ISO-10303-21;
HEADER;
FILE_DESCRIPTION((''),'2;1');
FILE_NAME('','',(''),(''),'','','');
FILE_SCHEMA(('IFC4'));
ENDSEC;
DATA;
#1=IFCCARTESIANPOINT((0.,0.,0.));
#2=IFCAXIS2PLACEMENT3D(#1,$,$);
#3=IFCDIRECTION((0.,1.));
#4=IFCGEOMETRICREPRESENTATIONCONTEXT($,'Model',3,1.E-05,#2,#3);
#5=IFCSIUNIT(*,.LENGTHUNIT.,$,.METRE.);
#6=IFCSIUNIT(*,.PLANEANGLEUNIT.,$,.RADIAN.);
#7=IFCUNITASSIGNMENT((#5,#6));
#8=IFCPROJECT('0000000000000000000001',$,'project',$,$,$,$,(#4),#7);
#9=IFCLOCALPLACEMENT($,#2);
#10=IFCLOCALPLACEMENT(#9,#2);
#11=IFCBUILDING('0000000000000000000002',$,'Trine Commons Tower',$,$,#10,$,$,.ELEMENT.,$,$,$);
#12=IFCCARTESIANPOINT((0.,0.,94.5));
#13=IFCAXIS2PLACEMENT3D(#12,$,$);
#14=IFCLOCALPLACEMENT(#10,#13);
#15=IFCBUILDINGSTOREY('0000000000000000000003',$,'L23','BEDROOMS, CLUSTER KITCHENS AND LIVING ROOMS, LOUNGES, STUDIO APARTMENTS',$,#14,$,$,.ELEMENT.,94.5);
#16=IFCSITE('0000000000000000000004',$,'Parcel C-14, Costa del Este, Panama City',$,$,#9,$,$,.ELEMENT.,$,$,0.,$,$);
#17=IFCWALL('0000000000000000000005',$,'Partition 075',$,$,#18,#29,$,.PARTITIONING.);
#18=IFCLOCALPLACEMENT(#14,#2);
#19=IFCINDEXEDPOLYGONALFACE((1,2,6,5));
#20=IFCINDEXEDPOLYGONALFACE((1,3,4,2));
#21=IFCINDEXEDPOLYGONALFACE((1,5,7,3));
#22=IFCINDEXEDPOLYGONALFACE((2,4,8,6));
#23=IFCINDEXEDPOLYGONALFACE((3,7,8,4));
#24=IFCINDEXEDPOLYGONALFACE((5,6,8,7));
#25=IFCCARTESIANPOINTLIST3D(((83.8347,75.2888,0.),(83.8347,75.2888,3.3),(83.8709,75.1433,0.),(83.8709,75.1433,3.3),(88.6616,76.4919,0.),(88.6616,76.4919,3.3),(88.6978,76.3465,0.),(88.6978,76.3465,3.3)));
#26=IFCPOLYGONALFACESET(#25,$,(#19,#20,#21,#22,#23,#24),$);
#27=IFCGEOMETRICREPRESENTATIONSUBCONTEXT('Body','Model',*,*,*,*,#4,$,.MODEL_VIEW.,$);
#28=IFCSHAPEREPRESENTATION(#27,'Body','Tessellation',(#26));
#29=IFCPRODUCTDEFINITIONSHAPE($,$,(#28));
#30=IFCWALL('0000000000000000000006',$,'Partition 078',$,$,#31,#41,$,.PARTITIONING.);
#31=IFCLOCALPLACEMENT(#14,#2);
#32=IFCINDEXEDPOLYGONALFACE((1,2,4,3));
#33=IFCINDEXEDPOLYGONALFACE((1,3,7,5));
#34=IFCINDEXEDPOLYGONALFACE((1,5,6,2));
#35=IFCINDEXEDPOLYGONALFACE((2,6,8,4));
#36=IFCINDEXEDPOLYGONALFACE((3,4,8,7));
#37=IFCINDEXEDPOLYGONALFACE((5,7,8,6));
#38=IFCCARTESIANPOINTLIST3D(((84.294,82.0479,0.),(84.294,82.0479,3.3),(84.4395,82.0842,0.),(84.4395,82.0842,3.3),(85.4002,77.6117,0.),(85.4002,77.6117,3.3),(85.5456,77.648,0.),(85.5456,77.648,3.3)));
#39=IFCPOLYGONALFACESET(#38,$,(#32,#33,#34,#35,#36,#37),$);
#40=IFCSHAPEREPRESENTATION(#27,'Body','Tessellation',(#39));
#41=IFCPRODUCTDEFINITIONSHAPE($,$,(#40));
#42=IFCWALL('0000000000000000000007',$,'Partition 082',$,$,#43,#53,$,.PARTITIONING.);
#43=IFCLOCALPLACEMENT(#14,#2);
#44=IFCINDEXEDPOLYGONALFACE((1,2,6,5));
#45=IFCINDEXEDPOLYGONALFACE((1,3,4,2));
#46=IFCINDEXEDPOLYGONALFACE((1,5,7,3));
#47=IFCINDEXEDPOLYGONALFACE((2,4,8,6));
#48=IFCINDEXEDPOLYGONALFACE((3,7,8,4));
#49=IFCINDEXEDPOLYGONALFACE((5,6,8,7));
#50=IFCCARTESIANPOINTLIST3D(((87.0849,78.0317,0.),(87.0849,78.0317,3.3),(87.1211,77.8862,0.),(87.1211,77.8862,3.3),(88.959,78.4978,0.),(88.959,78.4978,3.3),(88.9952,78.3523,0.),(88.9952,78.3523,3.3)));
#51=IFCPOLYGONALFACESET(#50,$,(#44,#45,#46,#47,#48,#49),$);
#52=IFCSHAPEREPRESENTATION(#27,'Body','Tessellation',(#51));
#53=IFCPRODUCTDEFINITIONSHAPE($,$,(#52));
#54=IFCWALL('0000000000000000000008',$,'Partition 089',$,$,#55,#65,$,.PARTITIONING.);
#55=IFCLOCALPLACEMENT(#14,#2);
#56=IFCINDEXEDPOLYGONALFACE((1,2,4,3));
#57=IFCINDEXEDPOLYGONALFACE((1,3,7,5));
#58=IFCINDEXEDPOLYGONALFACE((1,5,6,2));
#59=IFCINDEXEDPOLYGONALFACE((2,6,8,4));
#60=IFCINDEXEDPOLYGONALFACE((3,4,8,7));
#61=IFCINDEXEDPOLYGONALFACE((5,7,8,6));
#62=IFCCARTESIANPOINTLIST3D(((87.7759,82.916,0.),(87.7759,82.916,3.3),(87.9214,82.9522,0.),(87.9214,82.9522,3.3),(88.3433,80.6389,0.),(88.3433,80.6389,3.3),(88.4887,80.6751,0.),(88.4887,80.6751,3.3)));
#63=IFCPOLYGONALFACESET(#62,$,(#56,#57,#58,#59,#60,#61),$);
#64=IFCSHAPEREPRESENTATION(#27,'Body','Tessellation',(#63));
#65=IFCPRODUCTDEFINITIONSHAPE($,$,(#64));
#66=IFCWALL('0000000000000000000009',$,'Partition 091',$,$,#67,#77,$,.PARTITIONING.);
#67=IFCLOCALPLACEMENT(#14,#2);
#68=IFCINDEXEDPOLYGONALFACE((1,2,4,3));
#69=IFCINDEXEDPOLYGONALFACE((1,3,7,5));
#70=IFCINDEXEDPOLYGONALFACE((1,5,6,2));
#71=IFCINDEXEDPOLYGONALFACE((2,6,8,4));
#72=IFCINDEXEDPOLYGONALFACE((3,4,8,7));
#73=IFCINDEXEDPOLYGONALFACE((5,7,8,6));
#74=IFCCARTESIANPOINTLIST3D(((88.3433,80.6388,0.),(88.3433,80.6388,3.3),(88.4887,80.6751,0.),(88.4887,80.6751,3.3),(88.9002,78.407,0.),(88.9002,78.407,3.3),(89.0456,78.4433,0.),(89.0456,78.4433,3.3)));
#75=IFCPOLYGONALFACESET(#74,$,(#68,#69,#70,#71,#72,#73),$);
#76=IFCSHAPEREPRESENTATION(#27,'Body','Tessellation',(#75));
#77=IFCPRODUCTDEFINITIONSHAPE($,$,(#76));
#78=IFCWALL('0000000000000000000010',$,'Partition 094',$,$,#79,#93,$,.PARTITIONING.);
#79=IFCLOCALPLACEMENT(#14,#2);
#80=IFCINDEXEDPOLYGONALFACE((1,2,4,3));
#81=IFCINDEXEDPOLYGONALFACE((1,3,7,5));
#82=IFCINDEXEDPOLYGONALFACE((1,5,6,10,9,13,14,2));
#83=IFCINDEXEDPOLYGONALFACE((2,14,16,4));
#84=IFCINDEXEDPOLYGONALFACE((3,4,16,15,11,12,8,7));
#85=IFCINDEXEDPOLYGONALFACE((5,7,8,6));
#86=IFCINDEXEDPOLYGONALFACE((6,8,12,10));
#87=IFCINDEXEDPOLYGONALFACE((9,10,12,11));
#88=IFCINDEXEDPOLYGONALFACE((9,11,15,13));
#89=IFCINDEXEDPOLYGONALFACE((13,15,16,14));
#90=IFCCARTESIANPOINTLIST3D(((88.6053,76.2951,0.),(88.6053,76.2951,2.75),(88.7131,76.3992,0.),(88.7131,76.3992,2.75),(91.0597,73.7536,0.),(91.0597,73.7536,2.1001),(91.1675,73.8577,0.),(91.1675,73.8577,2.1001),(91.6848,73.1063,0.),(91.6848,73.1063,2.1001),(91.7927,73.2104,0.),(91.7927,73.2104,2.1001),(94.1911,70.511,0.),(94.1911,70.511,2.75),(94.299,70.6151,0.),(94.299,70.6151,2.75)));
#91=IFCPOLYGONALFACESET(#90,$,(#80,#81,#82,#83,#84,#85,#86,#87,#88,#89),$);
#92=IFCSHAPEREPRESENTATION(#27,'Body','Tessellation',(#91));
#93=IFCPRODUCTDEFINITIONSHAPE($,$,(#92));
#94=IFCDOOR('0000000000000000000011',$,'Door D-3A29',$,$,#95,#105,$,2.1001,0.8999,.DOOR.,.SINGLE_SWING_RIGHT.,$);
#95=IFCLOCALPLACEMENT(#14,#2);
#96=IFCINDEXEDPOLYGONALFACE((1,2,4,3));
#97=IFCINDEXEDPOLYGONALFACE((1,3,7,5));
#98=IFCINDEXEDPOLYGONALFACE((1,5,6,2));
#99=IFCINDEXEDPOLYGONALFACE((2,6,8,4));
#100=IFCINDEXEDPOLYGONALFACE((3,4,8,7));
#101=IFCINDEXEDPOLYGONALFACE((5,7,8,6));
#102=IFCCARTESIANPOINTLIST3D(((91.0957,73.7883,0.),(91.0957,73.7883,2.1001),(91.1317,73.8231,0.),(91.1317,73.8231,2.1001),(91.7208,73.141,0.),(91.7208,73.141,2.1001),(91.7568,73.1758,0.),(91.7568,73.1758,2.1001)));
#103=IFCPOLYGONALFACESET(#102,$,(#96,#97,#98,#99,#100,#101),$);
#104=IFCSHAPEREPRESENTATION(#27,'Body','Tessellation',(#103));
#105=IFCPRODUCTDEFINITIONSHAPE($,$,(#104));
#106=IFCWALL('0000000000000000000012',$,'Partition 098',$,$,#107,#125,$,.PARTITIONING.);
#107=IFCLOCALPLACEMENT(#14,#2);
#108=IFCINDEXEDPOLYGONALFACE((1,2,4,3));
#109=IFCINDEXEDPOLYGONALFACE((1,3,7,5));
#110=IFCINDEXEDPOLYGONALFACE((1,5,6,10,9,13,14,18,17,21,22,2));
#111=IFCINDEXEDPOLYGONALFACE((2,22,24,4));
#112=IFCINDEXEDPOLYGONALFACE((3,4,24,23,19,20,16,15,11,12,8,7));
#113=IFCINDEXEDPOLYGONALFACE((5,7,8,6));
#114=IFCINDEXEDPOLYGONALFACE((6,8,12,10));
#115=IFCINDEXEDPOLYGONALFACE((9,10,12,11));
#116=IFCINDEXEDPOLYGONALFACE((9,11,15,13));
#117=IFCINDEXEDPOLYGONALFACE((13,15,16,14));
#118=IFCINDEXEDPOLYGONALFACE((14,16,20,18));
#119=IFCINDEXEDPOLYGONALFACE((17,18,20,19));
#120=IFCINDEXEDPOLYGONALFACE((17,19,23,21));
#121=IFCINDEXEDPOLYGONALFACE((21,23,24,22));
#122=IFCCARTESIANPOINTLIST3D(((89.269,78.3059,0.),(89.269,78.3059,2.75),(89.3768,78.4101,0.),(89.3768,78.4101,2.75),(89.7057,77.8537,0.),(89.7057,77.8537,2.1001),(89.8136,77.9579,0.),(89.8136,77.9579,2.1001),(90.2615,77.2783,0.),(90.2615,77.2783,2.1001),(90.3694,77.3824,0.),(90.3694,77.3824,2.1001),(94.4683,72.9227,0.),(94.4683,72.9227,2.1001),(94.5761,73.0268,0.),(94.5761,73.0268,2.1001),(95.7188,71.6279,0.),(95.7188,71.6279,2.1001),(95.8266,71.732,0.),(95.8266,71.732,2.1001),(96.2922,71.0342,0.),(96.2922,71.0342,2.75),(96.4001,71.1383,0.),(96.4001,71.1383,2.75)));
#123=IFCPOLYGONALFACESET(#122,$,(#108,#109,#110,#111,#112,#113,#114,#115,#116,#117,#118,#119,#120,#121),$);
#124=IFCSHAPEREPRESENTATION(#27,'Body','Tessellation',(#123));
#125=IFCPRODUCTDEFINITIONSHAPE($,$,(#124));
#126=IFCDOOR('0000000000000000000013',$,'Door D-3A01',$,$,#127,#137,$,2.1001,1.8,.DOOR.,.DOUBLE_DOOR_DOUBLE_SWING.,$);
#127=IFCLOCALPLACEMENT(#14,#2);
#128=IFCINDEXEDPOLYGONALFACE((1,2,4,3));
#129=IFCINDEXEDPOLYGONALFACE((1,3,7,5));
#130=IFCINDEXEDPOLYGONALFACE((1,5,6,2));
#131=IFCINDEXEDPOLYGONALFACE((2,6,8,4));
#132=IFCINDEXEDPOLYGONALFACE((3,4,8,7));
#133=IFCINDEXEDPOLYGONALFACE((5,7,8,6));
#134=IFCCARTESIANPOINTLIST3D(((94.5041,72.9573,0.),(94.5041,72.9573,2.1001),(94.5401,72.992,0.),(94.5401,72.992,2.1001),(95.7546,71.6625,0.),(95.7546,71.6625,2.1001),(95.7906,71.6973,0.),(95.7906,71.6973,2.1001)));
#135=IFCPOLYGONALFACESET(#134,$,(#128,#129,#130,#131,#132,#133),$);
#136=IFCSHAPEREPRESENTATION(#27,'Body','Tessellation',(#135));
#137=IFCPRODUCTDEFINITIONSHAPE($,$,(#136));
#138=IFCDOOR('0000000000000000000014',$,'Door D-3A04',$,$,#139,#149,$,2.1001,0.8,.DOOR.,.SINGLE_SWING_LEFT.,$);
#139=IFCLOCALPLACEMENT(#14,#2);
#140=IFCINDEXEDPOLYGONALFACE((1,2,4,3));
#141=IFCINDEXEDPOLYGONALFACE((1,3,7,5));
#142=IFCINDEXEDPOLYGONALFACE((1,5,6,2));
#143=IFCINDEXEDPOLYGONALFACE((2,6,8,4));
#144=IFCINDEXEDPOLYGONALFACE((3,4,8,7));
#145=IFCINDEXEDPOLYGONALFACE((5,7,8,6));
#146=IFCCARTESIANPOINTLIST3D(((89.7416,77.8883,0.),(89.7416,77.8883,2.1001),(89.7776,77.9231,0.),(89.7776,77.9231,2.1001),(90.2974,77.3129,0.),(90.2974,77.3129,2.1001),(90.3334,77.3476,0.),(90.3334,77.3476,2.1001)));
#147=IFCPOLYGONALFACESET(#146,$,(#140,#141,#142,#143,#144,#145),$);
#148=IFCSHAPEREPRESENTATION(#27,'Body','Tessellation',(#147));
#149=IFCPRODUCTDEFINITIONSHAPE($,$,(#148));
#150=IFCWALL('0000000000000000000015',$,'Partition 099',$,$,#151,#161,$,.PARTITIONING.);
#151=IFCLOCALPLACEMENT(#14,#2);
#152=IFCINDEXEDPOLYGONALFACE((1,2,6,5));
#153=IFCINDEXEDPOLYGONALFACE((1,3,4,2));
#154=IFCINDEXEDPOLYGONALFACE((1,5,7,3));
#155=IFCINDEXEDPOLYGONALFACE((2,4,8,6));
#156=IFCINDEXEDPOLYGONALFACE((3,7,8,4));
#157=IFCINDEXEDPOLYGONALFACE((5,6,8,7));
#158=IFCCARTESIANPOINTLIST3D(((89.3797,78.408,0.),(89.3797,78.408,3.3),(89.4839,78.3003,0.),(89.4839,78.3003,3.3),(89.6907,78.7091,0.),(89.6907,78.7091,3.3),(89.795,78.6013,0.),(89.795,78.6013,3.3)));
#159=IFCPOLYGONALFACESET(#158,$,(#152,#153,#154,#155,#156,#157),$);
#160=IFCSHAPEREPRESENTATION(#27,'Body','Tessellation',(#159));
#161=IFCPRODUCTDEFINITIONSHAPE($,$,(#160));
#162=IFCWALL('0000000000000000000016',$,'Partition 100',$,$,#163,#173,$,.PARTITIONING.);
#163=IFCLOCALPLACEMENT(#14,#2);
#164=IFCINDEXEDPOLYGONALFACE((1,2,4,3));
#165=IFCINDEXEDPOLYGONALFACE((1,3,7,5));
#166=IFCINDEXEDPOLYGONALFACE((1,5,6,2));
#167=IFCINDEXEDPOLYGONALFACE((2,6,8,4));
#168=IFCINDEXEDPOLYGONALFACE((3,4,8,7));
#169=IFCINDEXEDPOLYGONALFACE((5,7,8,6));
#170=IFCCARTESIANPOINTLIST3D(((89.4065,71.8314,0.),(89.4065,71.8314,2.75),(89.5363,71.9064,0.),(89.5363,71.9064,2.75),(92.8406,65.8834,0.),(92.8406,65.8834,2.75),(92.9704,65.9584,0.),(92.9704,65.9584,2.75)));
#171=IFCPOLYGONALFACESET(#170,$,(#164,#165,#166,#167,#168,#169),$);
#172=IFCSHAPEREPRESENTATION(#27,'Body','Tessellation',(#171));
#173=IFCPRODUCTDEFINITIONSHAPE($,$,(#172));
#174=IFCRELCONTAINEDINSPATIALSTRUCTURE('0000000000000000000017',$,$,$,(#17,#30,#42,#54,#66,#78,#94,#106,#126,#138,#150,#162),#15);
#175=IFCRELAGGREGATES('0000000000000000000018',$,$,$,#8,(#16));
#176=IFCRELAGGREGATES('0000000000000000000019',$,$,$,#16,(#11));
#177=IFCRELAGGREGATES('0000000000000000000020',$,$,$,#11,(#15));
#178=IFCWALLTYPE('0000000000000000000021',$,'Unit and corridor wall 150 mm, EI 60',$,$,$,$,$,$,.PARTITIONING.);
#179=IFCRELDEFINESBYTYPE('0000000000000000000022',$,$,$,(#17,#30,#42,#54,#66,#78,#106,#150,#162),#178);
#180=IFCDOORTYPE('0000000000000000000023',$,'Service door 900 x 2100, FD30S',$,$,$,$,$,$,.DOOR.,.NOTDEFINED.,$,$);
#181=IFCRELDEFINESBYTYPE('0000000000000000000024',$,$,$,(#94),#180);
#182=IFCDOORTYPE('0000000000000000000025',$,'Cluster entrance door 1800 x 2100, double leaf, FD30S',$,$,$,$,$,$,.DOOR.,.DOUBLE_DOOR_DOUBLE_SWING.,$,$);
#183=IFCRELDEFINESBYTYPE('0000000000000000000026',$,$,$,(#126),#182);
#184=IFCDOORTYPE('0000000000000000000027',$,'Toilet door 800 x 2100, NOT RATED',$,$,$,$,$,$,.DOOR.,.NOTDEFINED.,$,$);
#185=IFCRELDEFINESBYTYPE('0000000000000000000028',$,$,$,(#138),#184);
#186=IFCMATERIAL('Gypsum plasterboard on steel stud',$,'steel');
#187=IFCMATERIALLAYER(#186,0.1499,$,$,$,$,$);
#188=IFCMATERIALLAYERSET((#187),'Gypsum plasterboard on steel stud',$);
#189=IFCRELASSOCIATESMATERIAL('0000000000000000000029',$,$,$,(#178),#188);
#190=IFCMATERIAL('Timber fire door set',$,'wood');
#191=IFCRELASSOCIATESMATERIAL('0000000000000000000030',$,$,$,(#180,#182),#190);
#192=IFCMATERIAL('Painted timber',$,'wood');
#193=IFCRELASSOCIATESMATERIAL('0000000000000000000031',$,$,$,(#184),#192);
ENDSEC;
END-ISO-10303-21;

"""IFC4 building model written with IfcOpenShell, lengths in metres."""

from ifc_helpers import new_model, si_unit, direction, frame, frame_2d, origin, place, context, subcontext, project, spatial, rectangle, extrude, material, layer, layer_set, type_object, element, fill, save


model = new_model("IFC4")

# Units and contexts
model_context = context("Model", 3, precision=1e-05, world=origin(), true_north=direction((0.0, 1.0)))
body_context = subcontext(model_context, "Body", "Model", "MODEL_VIEW")
ifc_project = project(units=[si_unit("LENGTHUNIT", "METRE"), si_unit("PLANEANGLEUNIT", "RADIAN")], contexts=[model_context])

# Site, building, storey
site_placement = place(None, origin())
site = spatial("IfcSite", under=ifc_project, at=site_placement, Name="Parcel C-14, Costa del Este, Panama City", CompositionType="ELEMENT", RefElevation=0.0)
building_placement = place(site_placement, origin())
building = spatial("IfcBuilding", under=site, at=building_placement, Name="Trine Commons Tower", CompositionType="ELEMENT")
storey_placement = place(building_placement, frame((0.0, 0.0, 94.5)))
storey = spatial("IfcBuildingStorey", under=building, at=storey_placement, Name="L23", Description="BEDROOMS, CLUSTER KITCHENS AND LIVING ROOMS, LOUNGES, STUDIO APARTMENTS", CompositionType="ELEMENT", Elevation=94.5)

# Walls
ifc_material_1 = material(Name="Gypsum plasterboard on steel stud", Category="steel")
ifc_layer_1 = layer(ifc_material_1, 0.1499)
ifc_layer_set_1 = layer_set([ifc_layer_1], Name="Gypsum plasterboard on steel stud")
wall_type_1 = type_object("IfcWallType", Name="Unit and corridor wall 150 mm, EI 60", PredefinedType="PARTITIONING", material=ifc_layer_set_1)
wall_1_placement = place(storey_placement, frame((83.8528, 75.2161, 0.0), z_axis=(0.0, 0.0, 1.0), x_axis=(0.970313, 0.241854, 0.0)))
element("IfcWall", 1, at=wall_1_placement, inside=storey, type_object=wall_type_1, Name="Partition 075", PredefinedType="PARTITIONING", context=body_context, shape_type="SweptSolid", body=[
    extrude(rectangle(XDim=4.9746, YDim=0.1499, at=frame_2d((2.4873, 0.0))), origin(), (0.0, 0.0, 1.0), 3.3),
])
wall_2_placement = place(storey_placement, frame((84.3667, 82.0662, 0.0), z_axis=(0.0, 0.0, 1.0), x_axis=(0.241945, -0.97029, 0.0)))
element("IfcWall", 2, at=wall_2_placement, inside=storey, type_object=wall_type_1, Name="Partition 078", PredefinedType="PARTITIONING", context=body_context, shape_type="SweptSolid", body=[
    extrude(rectangle(XDim=4.572, YDim=0.1499, at=frame_2d((2.2861, 0.0))), origin(), (0.0, 0.0, 1.0), 3.3),
])
wall_3_placement = place(storey_placement, frame((87.103, 77.959, 0.0), z_axis=(0.0, 0.0, 1.0), x_axis=(0.970439, 0.241346, 0.0)))
element("IfcWall", 3, at=wall_3_placement, inside=storey, type_object=wall_type_1, Name="Partition 082", PredefinedType="PARTITIONING", context=body_context, shape_type="SweptSolid", body=[
    extrude(rectangle(XDim=1.9312, YDim=0.1499, at=frame_2d((0.9656, 0.0))), origin(), (0.0, 0.0, 1.0), 3.3),
])
wall_4_placement = place(storey_placement, frame((87.8486, 82.9341, 0.0), z_axis=(0.0, 0.0, 1.0), x_axis=(0.241777, -0.970332, 0.0)))
element("IfcWall", 4, at=wall_4_placement, inside=storey, type_object=wall_type_1, Name="Partition 089", PredefinedType="PARTITIONING", context=body_context, shape_type="SweptSolid", body=[
    extrude(rectangle(XDim=2.3467, YDim=0.1499, at=frame_2d((1.1733, 0.0))), origin(), (0.0, 0.0, 1.0), 3.3),
])
wall_5_placement = place(storey_placement, frame((88.416, 80.657, 0.0), z_axis=(0.0, 0.0, 1.0), x_axis=(0.242086, -0.970255, 0.0)))
element("IfcWall", 5, at=wall_5_placement, inside=storey, type_object=wall_type_1, Name="Partition 091", PredefinedType="PARTITIONING", context=body_context, shape_type="SweptSolid", body=[
    extrude(rectangle(XDim=2.3003, YDim=0.1499, at=frame_2d((1.1501, 0.0))), origin(), (0.0, 0.0, 1.0), 3.3),
])

# Wall, opening, door
wall_6_placement = place(storey_placement, frame((88.6592, 76.3472, 0.0), z_axis=(0.0, 0.0, 1.0), x_axis=(0.694673, -0.719326, 0.0)))
wall_6 = element("IfcWall", 6, at=wall_6_placement, inside=storey, type_object=wall_type_1, Name="Partition 094", PredefinedType="PARTITIONING", context=body_context, shape_type="SweptSolid", body=[
    extrude(rectangle(XDim=8.041, YDim=0.1499, at=frame_2d((4.0205, 0.0))), origin(), (0.0, 0.0, 1.0), 2.75),
])
opening_1_placement = place(wall_6_placement, frame((3.5332, 0.0, 0.0)))
opening_1 = element("IfcOpeningElement", 7, at=opening_1_placement, cuts=wall_6, PredefinedType="OPENING", context=body_context, shape_type="SweptSolid", body=[
    extrude(rectangle(XDim=0.8999, YDim=2.1001, at=frame_2d((0.45, 1.05))), frame((0.0, 0.085, 0.0), z_axis=(0.0, -1.0, 0.0), x_axis=(1.0, 0.0, 0.0)), (0.0, 0.0, 1.0), 0.1699),
])
ifc_material_2 = material(Name="Timber fire door set", Category="wood")
door_type_1 = type_object("IfcDoorType", Name="Service door 900 x 2100, FD30S", OperationType="NOTDEFINED", PredefinedType="DOOR", material=ifc_material_2)
door_1_placement = place(opening_1_placement, frame((0.8999, 0.0, 0.0), z_axis=(0.0, 0.0, 1.0), x_axis=(-1.0, 0.0, 0.0)))
door_1 = element("IfcDoor", 8, at=door_1_placement, inside=storey, type_object=door_type_1, Name="Door D-3A29", OperationType="SINGLE_SWING_RIGHT", OverallHeight=2.1001, OverallWidth=0.8999, PredefinedType="DOOR", context=body_context, shape_type="SweptSolid", body=[
    extrude(rectangle(XDim=0.8999, YDim=2.1001, at=frame_2d((0.45, 1.05))), frame((0.0, 0.0249, 0.0), z_axis=(0.0, -1.0, 0.0), x_axis=(1.0, 0.0, 0.0)), (0.0, 0.0, 1.0), 0.05),
])
fill(opening_1, door_1)

# Wall, openings, doors
wall_7_placement = place(storey_placement, frame((89.323, 78.3579, 0.0), z_axis=(0.0, 0.0, 1.0), x_axis=(0.694708, -0.719292, 0.0)))
wall_7 = element("IfcWall", 9, at=wall_7_placement, inside=storey, type_object=wall_type_1, Name="Partition 098", PredefinedType="PARTITIONING", context=body_context, shape_type="SweptSolid", body=[
    extrude(rectangle(XDim=10.1096, YDim=0.1499, at=frame_2d((5.0547, 0.0))), origin(), (0.0, 0.0, 1.0), 2.75),
])
opening_2_placement = place(wall_7_placement, frame((7.4841, 0.0, 0.0)))
opening_2 = element("IfcOpeningElement", 10, at=opening_2_placement, cuts=wall_7, PredefinedType="OPENING", context=body_context, shape_type="SweptSolid", body=[
    extrude(rectangle(XDim=1.8, YDim=2.1001, at=frame_2d((0.8999, 1.05))), frame((0.0, 0.085, 0.0), z_axis=(0.0, -1.0, 0.0), x_axis=(1.0, 0.0, 0.0)), (0.0, 0.0, 1.0), 0.1699),
])
opening_3_placement = place(wall_7_placement, frame((0.6287, 0.0, 0.0)))
opening_3 = element("IfcOpeningElement", 11, at=opening_3_placement, cuts=wall_7, PredefinedType="OPENING", context=body_context, shape_type="SweptSolid", body=[
    extrude(rectangle(XDim=0.8, YDim=2.1001, at=frame_2d((0.3999, 1.05))), frame((0.0, 0.085, 0.0), z_axis=(0.0, -1.0, 0.0), x_axis=(1.0, 0.0, 0.0)), (0.0, 0.0, 1.0), 0.1699),
])
door_type_2 = type_object("IfcDoorType", Name="Cluster entrance door 1800 x 2100, double leaf, FD30S", OperationType="DOUBLE_DOOR_DOUBLE_SWING", PredefinedType="DOOR", material=ifc_material_2)
door_2_placement = place(opening_2_placement, origin())
door_2 = element("IfcDoor", 12, at=door_2_placement, inside=storey, type_object=door_type_2, Name="Door D-3A01", OperationType="DOUBLE_DOOR_DOUBLE_SWING", OverallHeight=2.1001, OverallWidth=1.8, PredefinedType="DOOR", context=body_context, shape_type="SweptSolid", body=[
    extrude(rectangle(XDim=1.8, YDim=2.1001, at=frame_2d((0.8999, 1.05))), frame((0.0, 0.0249, 0.0), z_axis=(0.0, -1.0, 0.0), x_axis=(1.0, 0.0, 0.0)), (0.0, 0.0, 1.0), 0.05),
])
fill(opening_2, door_2)
ifc_material_3 = material(Name="Painted timber", Category="wood")
door_type_3 = type_object("IfcDoorType", Name="Toilet door 800 x 2100, NOT RATED", OperationType="NOTDEFINED", PredefinedType="DOOR", material=ifc_material_3)
door_3_placement = place(opening_3_placement, origin())
door_3 = element("IfcDoor", 13, at=door_3_placement, inside=storey, type_object=door_type_3, Name="Door D-3A04", OperationType="SINGLE_SWING_LEFT", OverallHeight=2.1001, OverallWidth=0.8, PredefinedType="DOOR", context=body_context, shape_type="SweptSolid", body=[
    extrude(rectangle(XDim=0.8, YDim=2.1001, at=frame_2d((0.3999, 1.05))), frame((0.0, 0.0249, 0.0), z_axis=(0.0, -1.0, 0.0), x_axis=(1.0, 0.0, 0.0)), (0.0, 0.0, 1.0), 0.05),
])
fill(opening_3, door_3)

# Walls
wall_8_placement = place(storey_placement, frame((89.4319, 78.3542, 0.0), z_axis=(0.0, 0.0, 1.0), x_axis=(0.718575, 0.69545, 0.0)))
element("IfcWall", 14, at=wall_8_placement, inside=storey, type_object=wall_type_1, Name="Partition 099", PredefinedType="PARTITIONING", context=body_context, shape_type="SweptSolid", body=[
    extrude(rectangle(XDim=0.4329, YDim=0.1499, at=frame_2d((0.2163, 0.0))), origin(), (0.0, 0.0, 1.0), 3.3),
])
wall_9_placement = place(storey_placement, frame((89.4714, 71.8689, 0.0), z_axis=(0.0, 0.0, 1.0), x_axis=(0.5, -0.866025, 0.0)))
element("IfcWall", 15, at=wall_9_placement, inside=storey, type_object=wall_type_1, Name="Partition 100", PredefinedType="PARTITIONING", context=body_context, shape_type="SweptSolid", body=[
    extrude(rectangle(XDim=6.8682, YDim=0.1499, at=frame_2d((3.4341, 0.0))), origin(), (0.0, 0.0, 1.0), 2.75),
])

save(model, "model.ifc")
